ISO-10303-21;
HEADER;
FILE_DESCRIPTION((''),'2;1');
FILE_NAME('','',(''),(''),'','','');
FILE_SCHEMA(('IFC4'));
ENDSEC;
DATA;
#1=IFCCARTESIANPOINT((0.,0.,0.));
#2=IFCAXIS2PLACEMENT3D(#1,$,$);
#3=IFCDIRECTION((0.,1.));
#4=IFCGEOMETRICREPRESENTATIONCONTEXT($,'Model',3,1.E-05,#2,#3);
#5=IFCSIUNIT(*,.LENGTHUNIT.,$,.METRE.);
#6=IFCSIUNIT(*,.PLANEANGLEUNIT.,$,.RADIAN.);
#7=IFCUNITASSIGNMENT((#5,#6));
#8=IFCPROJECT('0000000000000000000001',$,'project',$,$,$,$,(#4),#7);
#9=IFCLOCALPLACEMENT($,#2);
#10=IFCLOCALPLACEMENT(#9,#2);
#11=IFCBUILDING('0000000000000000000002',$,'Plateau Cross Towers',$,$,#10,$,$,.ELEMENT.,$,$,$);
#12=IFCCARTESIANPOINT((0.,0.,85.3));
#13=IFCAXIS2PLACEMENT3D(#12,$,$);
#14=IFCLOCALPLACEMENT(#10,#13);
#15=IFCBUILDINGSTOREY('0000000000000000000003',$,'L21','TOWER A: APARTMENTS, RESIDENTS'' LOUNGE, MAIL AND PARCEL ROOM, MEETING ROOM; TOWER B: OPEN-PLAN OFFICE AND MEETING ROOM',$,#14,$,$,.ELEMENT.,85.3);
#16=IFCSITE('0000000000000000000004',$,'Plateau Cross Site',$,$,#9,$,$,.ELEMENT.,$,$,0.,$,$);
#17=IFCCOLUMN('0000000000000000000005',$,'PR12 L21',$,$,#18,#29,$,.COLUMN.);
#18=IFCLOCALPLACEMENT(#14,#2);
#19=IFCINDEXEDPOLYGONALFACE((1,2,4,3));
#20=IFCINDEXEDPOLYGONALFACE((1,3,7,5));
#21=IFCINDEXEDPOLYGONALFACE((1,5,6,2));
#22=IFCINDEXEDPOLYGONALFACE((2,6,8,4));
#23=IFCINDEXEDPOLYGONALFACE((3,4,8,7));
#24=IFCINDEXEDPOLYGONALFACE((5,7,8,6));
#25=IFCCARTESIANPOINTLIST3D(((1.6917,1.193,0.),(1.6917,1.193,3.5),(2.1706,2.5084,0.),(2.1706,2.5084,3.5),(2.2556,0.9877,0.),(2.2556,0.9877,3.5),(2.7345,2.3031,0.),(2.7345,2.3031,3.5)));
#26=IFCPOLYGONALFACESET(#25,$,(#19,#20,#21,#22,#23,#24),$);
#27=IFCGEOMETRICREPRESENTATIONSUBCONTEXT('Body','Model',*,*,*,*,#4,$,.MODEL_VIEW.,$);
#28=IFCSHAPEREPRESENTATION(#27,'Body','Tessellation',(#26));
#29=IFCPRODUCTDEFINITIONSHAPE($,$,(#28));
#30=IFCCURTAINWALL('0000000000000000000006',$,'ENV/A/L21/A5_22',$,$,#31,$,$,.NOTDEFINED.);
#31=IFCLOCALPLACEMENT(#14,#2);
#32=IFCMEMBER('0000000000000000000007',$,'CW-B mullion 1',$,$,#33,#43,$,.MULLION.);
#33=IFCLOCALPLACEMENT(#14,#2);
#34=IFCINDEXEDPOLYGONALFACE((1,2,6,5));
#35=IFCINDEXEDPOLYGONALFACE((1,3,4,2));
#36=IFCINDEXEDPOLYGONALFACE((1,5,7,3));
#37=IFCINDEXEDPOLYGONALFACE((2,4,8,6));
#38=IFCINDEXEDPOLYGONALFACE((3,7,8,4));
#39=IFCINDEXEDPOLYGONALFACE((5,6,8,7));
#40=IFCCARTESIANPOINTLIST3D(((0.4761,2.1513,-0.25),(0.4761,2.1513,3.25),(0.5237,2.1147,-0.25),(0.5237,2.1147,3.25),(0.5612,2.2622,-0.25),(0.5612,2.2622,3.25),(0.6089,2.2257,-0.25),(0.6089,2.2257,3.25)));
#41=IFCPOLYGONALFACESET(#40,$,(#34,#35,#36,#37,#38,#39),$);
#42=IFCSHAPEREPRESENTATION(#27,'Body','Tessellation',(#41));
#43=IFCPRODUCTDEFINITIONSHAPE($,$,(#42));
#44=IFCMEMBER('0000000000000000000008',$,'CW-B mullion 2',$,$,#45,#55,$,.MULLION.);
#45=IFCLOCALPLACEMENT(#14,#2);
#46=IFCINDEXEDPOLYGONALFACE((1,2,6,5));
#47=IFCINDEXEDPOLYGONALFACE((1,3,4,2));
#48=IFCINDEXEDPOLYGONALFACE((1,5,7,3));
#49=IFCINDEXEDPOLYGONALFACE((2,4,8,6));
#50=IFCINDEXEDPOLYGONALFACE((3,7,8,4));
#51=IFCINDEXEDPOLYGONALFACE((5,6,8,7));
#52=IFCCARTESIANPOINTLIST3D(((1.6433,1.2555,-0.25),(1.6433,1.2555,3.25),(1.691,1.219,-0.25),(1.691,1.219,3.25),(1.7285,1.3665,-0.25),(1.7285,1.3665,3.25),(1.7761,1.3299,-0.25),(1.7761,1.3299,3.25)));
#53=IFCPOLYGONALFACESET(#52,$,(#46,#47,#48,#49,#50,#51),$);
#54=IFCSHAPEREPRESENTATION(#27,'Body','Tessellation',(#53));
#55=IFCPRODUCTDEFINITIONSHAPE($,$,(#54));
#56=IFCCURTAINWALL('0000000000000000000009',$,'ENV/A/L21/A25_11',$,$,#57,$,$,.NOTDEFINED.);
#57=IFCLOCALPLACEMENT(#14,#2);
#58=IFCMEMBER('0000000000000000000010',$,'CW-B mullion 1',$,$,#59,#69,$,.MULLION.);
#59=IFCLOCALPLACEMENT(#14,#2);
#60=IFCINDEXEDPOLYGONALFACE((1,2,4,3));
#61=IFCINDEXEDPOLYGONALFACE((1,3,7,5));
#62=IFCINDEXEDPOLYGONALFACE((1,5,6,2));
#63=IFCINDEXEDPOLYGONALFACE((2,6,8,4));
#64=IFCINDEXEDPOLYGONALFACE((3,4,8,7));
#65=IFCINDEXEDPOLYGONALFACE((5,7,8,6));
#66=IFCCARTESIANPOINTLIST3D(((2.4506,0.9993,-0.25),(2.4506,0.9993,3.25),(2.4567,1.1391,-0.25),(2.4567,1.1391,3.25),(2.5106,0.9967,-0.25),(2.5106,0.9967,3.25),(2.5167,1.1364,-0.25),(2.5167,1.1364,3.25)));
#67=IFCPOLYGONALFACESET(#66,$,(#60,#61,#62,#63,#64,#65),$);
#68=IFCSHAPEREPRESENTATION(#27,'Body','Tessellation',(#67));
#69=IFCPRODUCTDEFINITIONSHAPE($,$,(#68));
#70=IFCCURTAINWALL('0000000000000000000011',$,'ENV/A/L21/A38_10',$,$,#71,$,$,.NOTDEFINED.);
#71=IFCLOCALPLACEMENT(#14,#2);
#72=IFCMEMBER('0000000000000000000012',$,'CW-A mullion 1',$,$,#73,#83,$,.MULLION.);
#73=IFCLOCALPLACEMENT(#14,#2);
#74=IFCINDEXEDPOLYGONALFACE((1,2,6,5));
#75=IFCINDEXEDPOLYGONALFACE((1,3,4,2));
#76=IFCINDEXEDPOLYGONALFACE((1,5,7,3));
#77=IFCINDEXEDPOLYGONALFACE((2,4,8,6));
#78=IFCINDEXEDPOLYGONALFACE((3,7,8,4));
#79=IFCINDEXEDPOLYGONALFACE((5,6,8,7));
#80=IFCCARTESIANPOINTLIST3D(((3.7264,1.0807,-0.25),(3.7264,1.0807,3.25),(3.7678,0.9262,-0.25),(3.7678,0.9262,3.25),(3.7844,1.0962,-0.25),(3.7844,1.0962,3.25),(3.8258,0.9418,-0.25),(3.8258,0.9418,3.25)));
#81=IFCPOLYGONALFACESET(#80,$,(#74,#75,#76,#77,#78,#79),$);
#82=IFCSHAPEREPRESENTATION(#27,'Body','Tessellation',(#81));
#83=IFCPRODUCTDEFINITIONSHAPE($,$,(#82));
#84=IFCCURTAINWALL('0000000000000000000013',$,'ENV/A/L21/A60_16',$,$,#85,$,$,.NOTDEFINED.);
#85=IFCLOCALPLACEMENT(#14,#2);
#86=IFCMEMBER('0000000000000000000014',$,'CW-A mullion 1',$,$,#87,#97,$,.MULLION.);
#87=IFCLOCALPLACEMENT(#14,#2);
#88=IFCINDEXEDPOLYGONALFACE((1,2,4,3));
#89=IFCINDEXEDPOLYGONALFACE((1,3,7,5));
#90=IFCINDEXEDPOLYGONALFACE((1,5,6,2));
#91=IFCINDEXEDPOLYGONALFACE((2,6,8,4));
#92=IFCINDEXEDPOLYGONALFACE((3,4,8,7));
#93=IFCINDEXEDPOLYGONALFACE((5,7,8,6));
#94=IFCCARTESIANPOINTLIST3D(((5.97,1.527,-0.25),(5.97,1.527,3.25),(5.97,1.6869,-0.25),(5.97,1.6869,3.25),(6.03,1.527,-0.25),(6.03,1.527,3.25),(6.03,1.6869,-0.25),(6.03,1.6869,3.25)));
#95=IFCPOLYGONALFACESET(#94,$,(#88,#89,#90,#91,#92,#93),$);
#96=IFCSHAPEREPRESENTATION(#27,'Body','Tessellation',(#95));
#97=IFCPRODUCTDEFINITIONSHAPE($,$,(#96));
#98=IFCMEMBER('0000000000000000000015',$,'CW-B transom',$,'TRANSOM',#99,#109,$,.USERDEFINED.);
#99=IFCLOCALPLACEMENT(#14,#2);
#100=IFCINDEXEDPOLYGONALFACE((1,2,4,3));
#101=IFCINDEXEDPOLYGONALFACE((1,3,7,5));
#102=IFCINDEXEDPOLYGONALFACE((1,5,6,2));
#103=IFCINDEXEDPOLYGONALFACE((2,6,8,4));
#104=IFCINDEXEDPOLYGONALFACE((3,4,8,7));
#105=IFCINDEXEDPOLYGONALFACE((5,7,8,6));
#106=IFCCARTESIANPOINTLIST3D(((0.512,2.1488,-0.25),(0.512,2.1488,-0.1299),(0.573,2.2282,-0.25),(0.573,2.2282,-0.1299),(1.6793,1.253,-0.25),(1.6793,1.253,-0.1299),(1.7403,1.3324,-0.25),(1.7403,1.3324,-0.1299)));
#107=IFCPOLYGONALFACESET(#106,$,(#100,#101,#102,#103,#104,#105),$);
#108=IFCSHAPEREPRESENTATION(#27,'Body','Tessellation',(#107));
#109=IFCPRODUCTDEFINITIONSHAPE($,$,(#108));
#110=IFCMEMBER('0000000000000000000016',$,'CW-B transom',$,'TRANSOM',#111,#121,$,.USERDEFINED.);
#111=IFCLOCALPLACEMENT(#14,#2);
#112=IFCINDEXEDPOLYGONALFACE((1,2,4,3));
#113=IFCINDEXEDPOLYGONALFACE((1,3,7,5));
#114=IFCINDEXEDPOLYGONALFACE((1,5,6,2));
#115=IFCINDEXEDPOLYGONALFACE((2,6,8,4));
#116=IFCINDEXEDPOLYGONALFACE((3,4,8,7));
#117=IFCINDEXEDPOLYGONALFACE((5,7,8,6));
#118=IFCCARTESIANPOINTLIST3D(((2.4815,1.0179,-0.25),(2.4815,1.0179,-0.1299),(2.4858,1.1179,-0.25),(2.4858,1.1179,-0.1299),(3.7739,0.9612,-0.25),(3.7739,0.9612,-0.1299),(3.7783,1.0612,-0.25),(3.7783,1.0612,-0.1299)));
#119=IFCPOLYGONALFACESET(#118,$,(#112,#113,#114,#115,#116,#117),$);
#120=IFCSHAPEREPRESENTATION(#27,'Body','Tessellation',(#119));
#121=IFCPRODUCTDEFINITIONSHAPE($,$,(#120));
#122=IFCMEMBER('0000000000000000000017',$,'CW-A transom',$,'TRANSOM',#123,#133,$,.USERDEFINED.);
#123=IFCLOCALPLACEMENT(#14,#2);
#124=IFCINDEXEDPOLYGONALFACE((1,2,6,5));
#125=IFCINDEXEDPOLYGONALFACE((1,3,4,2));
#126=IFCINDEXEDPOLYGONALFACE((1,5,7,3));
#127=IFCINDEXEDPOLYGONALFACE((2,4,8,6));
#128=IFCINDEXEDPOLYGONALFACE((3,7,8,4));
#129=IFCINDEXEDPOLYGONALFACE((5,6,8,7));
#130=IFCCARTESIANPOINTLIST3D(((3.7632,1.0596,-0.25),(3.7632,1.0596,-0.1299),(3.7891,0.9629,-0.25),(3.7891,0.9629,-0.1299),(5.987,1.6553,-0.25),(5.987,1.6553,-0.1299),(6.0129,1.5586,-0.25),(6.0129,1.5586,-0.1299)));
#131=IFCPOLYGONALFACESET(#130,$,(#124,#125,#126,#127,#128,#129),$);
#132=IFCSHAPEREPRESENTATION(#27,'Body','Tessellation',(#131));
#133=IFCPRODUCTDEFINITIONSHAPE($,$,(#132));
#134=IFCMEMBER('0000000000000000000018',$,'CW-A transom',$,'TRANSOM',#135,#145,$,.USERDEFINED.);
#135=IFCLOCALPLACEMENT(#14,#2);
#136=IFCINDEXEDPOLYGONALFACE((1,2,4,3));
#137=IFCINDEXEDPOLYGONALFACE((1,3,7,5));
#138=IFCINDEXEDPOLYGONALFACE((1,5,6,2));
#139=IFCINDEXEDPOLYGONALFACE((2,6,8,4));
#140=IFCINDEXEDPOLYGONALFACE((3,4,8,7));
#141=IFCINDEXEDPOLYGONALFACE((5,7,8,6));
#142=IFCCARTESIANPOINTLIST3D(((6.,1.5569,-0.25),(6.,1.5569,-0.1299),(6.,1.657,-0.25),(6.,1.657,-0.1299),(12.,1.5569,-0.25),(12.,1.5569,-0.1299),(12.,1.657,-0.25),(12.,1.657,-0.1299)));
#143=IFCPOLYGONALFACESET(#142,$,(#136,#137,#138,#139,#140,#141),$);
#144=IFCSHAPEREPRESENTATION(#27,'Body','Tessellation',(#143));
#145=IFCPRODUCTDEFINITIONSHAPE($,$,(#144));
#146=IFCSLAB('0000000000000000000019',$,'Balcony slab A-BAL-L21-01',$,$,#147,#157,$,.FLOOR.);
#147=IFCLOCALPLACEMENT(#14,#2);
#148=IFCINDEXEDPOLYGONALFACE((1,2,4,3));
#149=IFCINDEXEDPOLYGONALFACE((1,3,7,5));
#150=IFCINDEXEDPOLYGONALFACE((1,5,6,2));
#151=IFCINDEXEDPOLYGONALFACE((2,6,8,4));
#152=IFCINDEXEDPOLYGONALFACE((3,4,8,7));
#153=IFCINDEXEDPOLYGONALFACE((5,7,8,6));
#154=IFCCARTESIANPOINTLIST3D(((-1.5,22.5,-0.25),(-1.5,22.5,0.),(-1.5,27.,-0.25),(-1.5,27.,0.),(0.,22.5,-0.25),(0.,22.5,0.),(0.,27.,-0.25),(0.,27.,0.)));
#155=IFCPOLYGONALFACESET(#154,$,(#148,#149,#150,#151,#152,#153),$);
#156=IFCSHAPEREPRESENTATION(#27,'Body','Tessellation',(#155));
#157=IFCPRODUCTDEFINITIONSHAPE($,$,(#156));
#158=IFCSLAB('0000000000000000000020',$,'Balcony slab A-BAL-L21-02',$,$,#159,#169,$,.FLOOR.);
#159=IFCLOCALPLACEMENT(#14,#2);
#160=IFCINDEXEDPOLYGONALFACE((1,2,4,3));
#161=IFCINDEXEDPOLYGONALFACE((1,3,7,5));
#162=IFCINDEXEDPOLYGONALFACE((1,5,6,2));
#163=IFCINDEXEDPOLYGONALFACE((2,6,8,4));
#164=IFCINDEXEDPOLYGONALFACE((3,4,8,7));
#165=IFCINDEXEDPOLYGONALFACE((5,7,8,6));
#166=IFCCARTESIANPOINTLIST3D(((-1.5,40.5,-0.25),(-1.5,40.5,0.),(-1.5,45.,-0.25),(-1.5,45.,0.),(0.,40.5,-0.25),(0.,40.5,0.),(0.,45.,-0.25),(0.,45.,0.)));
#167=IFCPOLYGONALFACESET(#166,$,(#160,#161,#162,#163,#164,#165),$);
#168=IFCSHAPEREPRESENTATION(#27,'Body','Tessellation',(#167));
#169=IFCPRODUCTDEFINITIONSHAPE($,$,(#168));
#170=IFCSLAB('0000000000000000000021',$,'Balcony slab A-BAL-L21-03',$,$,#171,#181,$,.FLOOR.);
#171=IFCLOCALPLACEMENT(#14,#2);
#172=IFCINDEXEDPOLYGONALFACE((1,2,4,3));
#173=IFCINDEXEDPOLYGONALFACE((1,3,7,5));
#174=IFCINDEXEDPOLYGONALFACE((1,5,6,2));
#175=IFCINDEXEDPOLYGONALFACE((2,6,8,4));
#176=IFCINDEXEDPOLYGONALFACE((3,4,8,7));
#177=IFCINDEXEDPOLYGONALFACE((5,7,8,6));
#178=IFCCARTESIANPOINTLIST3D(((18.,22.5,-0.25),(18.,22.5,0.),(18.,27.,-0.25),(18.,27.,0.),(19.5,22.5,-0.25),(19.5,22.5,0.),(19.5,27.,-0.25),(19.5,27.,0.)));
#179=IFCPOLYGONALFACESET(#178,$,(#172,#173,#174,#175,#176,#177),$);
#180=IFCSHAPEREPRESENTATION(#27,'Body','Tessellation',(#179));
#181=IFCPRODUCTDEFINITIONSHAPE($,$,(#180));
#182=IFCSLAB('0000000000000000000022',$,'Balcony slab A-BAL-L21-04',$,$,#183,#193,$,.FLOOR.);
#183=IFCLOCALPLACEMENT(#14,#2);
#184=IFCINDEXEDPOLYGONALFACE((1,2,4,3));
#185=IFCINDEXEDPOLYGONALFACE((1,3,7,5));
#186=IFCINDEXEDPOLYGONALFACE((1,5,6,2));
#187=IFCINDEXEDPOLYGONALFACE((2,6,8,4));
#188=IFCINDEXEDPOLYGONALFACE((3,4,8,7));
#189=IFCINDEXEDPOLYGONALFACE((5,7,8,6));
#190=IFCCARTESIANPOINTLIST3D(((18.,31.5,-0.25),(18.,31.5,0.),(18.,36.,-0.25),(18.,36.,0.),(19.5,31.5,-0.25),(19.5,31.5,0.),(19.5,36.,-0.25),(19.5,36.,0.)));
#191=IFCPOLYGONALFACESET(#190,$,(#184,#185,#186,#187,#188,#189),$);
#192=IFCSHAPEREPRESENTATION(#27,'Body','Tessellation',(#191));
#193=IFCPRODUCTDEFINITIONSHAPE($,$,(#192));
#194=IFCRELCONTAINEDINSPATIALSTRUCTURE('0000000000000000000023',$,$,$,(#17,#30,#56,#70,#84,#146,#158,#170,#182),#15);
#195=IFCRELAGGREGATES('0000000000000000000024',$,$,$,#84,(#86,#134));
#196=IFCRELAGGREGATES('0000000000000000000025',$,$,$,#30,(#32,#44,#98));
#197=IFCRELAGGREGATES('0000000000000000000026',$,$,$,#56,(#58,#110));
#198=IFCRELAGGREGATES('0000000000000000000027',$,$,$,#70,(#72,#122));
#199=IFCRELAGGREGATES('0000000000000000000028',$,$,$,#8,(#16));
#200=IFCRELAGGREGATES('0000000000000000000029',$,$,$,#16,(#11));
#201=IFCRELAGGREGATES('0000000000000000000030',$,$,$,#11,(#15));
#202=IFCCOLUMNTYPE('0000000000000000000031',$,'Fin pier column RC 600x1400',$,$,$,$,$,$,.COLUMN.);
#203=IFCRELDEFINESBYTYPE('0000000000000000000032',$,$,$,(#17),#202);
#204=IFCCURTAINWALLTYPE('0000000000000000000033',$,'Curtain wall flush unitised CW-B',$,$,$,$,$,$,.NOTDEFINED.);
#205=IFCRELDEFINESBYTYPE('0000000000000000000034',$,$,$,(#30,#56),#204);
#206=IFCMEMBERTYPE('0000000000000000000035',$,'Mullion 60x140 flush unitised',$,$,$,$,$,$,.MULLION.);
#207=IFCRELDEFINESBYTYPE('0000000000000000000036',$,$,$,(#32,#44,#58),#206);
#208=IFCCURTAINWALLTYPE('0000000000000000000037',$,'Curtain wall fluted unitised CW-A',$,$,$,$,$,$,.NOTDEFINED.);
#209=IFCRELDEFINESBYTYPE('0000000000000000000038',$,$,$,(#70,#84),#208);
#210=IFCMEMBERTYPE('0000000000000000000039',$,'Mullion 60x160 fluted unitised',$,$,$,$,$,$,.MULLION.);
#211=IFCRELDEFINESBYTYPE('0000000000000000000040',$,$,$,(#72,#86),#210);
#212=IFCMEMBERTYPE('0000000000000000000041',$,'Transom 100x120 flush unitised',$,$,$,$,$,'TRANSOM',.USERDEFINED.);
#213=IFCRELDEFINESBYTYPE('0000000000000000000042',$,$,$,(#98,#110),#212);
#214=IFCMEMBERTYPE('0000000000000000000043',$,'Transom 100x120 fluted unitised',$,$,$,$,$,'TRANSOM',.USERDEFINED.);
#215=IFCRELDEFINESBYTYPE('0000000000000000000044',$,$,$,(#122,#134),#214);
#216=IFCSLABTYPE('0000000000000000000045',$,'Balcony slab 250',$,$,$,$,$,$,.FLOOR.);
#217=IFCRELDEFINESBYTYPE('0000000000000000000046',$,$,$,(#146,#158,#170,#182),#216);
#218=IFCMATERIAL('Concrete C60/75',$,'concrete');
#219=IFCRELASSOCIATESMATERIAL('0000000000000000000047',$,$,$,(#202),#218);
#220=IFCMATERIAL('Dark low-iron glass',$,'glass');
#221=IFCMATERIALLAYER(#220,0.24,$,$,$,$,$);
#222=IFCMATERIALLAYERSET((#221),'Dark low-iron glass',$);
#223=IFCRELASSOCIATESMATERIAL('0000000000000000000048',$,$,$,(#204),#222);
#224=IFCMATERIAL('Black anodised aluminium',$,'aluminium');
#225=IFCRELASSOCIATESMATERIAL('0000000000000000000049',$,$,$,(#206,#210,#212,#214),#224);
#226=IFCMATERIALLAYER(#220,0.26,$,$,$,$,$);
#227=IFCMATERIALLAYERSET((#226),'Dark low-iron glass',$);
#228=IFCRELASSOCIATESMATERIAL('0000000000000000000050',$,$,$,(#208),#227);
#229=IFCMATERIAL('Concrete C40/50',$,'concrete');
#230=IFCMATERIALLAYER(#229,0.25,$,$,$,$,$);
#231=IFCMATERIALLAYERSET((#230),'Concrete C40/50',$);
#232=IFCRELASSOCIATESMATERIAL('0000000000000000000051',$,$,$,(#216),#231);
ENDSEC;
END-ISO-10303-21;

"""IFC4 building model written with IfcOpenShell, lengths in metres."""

from ifc_helpers import new_model, si_unit, direction, frame, origin, origin_2d, place, context, subcontext, project, spatial, polyline, rectangle, outline, extrude, material, layer, layer_set, material_profile, profile_set, type_object, element, aggregate, save


model = new_model("IFC4")

# Units and contexts
model_context = context("Model", 3, precision=1e-05, world=origin(), true_north=direction((0.0, 1.0)))
body_context = subcontext(model_context, "Body", "Model", "MODEL_VIEW")
ifc_project = project(units=[si_unit("LENGTHUNIT", "METRE"), si_unit("PLANEANGLEUNIT", "RADIAN")], contexts=[model_context])

# Site, building, storey
site_placement = place(None, origin())
site = spatial("IfcSite", under=ifc_project, at=site_placement, Name="Plateau Cross Site", CompositionType="ELEMENT", RefElevation=0.0)
building_placement = place(site_placement, origin())
building = spatial("IfcBuilding", under=site, at=building_placement, Name="Plateau Cross Towers", CompositionType="ELEMENT")
storey_placement = place(building_placement, frame((0.0, 0.0, 85.3)))
storey = spatial("IfcBuildingStorey", under=building, at=storey_placement, Name="L21", Description="TOWER A: APARTMENTS, RESIDENTS' LOUNGE, MAIL AND PARCEL ROOM, MEETING ROOM; TOWER B: OPEN-PLAN OFFICE AND MEETING ROOM", CompositionType="ELEMENT", Elevation=85.3)

# Column
ifc_material_1 = material(Name="Concrete C60/75", Category="concrete")
ifc_material_profile_1 = material_profile(ifc_material_1, rectangle(XDim=0.6001, YDim=1.3999, at=origin_2d()), Name="RC 600x1400")
ifc_profile_set_1 = profile_set([ifc_material_profile_1], Name="Concrete C60/75")
column_type = type_object("IfcColumnType", Name="Fin pier column RC 600x1400", PredefinedType="COLUMN", material=ifc_profile_set_1)
column_placement = place(storey_placement, frame((2.2131, 1.748, 0.0), z_axis=(0.0, 0.0, 1.0), x_axis=(-0.939664, 0.342098, 0.0)))
element("IfcColumn", 1, at=column_placement, inside=storey, type_object=column_type, Name="PR12 L21", PredefinedType="COLUMN", context=body_context, shape_type="SweptSolid", body=[
    extrude(rectangle(XDim=0.6001, YDim=1.3999, at=origin_2d()), origin(), (0.0, 0.0, 1.0), 3.5),
])

# Curtain wall, members
ifc_material_2 = material(Name="Dark low-iron glass", Category="glass")
ifc_layer_1 = layer(ifc_material_2, 0.24)
ifc_layer_set_1 = layer_set([ifc_layer_1], Name="Dark low-iron glass")
curtain_wall_type_1 = type_object("IfcCurtainWallType", Name="Curtain wall flush unitised CW-B", PredefinedType="NOTDEFINED", material=ifc_layer_set_1)
curtain_wall_1_placement = place(storey_placement, origin())
curtain_wall_1 = element("IfcCurtainWall", 2, at=curtain_wall_1_placement, inside=storey, type_object=curtain_wall_type_1, Name="ENV/A/L21/A5_22", PredefinedType="NOTDEFINED")
ifc_material_3 = material(Name="Black anodised aluminium", Category="aluminium")
ifc_material_profile_2 = material_profile(ifc_material_3, rectangle(XDim=0.0601, YDim=0.1399, at=origin_2d()), Name="MULLION 60x140")
ifc_profile_set_2 = profile_set([ifc_material_profile_2], Name="Black anodised aluminium")
member_type_1 = type_object("IfcMemberType", Name="Mullion 60x140 flush unitised", PredefinedType="MULLION", material=ifc_profile_set_2)
member_1_placement = place(storey_placement, frame((0.5425, 2.1885, -0.25), z_axis=(0.0, 0.0, 1.0), x_axis=(0.793316, -0.608811, 0.0)))
member_1 = element("IfcMember", 3, at=member_1_placement, type_object=member_type_1, Name="CW-B mullion 1", PredefinedType="MULLION", context=body_context, shape_type="SweptSolid", body=[
    extrude(rectangle(XDim=0.0601, YDim=0.1399, at=origin_2d()), origin(), (0.0, 0.0, 1.0), 3.5),
])
member_2_placement = place(storey_placement, frame((1.7097, 1.2927, -0.25), z_axis=(0.0, 0.0, 1.0), x_axis=(0.793316, -0.608811, 0.0)))
member_2 = element("IfcMember", 4, at=member_2_placement, type_object=member_type_1, Name="CW-B mullion 2", PredefinedType="MULLION", context=body_context, shape_type="SweptSolid", body=[
    extrude(rectangle(XDim=0.0601, YDim=0.1399, at=origin_2d()), origin(), (0.0, 0.0, 1.0), 3.5),
])

# Curtain walls, members
curtain_wall_2_placement = place(storey_placement, origin())
curtain_wall_2 = element("IfcCurtainWall", 5, at=curtain_wall_2_placement, inside=storey, type_object=curtain_wall_type_1, Name="ENV/A/L21/A25_11", PredefinedType="NOTDEFINED")
member_3_placement = place(storey_placement, frame((2.4836, 1.0679, -0.25), z_axis=(0.0, 0.0, 1.0), x_axis=(0.999044, -0.043723, 0.0)))
member_3 = element("IfcMember", 6, at=member_3_placement, type_object=member_type_1, Name="CW-B mullion 1", PredefinedType="MULLION", context=body_context, shape_type="SweptSolid", body=[
    extrude(rectangle(XDim=0.0601, YDim=0.1399, at=origin_2d()), origin(), (0.0, 0.0, 1.0), 3.5),
])
ifc_layer_2 = layer(ifc_material_2, 0.26)
ifc_layer_set_2 = layer_set([ifc_layer_2], Name="Dark low-iron glass")
curtain_wall_type_2 = type_object("IfcCurtainWallType", Name="Curtain wall fluted unitised CW-A", PredefinedType="NOTDEFINED", material=ifc_layer_set_2)
curtain_wall_3_placement = place(storey_placement, origin())
curtain_wall_3 = element("IfcCurtainWall", 7, at=curtain_wall_3_placement, inside=storey, type_object=curtain_wall_type_2, Name="ENV/A/L21/A38_10", PredefinedType="NOTDEFINED")
ifc_material_profile_3 = material_profile(ifc_material_3, rectangle(XDim=0.0601, YDim=0.1599, at=origin_2d()), Name="MULLION 60x160")
ifc_profile_set_3 = profile_set([ifc_material_profile_3], Name="Black anodised aluminium")
member_type_2 = type_object("IfcMemberType", Name="Mullion 60x160 fluted unitised", PredefinedType="MULLION", material=ifc_profile_set_3)
member_4_placement = place(storey_placement, frame((3.7761, 1.0112, -0.25), z_axis=(0.0, 0.0, 1.0), x_axis=(0.965958, 0.258699, 0.0)))
member_4 = element("IfcMember", 8, at=member_4_placement, type_object=member_type_2, Name="CW-A mullion 1", PredefinedType="MULLION", context=body_context, shape_type="SweptSolid", body=[
    extrude(rectangle(XDim=0.0601, YDim=0.1599, at=origin_2d()), origin(), (0.0, 0.0, 1.0), 3.5),
])
curtain_wall_4_placement = place(storey_placement, origin())
curtain_wall_4 = element("IfcCurtainWall", 9, at=curtain_wall_4_placement, inside=storey, type_object=curtain_wall_type_2, Name="ENV/A/L21/A60_16", PredefinedType="NOTDEFINED")
member_5_placement = place(storey_placement, frame((6.0, 1.6069, -0.25), z_axis=(0.0, 0.0, 1.0), x_axis=(1.0, 0.0, 0.0)))
member_5 = element("IfcMember", 10, at=member_5_placement, type_object=member_type_2, Name="CW-A mullion 1", PredefinedType="MULLION", context=body_context, shape_type="SweptSolid", body=[
    extrude(rectangle(XDim=0.0601, YDim=0.1599, at=origin_2d()), origin(), (0.0, 0.0, 1.0), 3.5),
])

# Members
ifc_material_profile_4 = material_profile(ifc_material_3, rectangle(XDim=0.1001, YDim=0.1201, at=origin_2d()), Name="TRANSOM 100x120")
ifc_profile_set_4 = profile_set([ifc_material_profile_4], Name="Black anodised aluminium")
member_type_3 = type_object("IfcMemberType", Name="Transom 100x120 flush unitised", ElementType="TRANSOM", PredefinedType="USERDEFINED", material=ifc_profile_set_4)
member_6_placement = place(storey_placement, frame((0.5425, 2.1885, -0.1899), z_axis=(0.793321, -0.608804, 0.0), x_axis=(0.608804, 0.793321, 0.0)))
member_6 = element("IfcMember", 11, at=member_6_placement, type_object=member_type_3, Name="CW-B transom", ObjectType="TRANSOM", PredefinedType="USERDEFINED", context=body_context, shape_type="SweptSolid", body=[
    extrude(rectangle(XDim=0.1001, YDim=0.1201, at=origin_2d()), origin(), (0.0, 0.0, 1.0), 1.4714),
])
member_7_placement = place(storey_placement, frame((2.4836, 1.0679, -0.1899), z_axis=(0.999041, -0.043781, 0.0), x_axis=(0.043781, 0.999041, 0.0)))
member_7 = element("IfcMember", 12, at=member_7_placement, type_object=member_type_3, Name="CW-B transom", ObjectType="TRANSOM", PredefinedType="USERDEFINED", context=body_context, shape_type="SweptSolid", body=[
    extrude(rectangle(XDim=0.1001, YDim=0.1201, at=origin_2d()), origin(), (0.0, 0.0, 1.0), 1.2937),
])
ifc_material_profile_5 = material_profile(ifc_material_3, rectangle(XDim=0.1001, YDim=0.1201, at=origin_2d()), Name="TRANSOM 100x120")
ifc_profile_set_5 = profile_set([ifc_material_profile_5], Name="Black anodised aluminium")
member_type_4 = type_object("IfcMemberType", Name="Transom 100x120 fluted unitised", ElementType="TRANSOM", PredefinedType="USERDEFINED", material=ifc_profile_set_5)
member_8_placement = place(storey_placement, frame((3.7761, 1.0112, -0.1899), z_axis=(0.965946, 0.258745, 0.0), x_axis=(-0.258745, 0.965946, 0.0)))
member_8 = element("IfcMember", 13, at=member_8_placement, type_object=member_type_4, Name="CW-A transom", ObjectType="TRANSOM", PredefinedType="USERDEFINED", context=body_context, shape_type="SweptSolid", body=[
    extrude(rectangle(XDim=0.1001, YDim=0.1201, at=origin_2d()), origin(), (0.0, 0.0, 1.0), 2.3022),
])
member_9_placement = place(storey_placement, frame((6.0, 1.6069, -0.1899), z_axis=(1.0, 0.0, 0.0), x_axis=(0.0, 1.0, 0.0)))
member_9 = element("IfcMember", 14, at=member_9_placement, type_object=member_type_4, Name="CW-A transom", ObjectType="TRANSOM", PredefinedType="USERDEFINED", context=body_context, shape_type="SweptSolid", body=[
    extrude(rectangle(XDim=0.1001, YDim=0.1201, at=origin_2d()), origin(), (0.0, 0.0, 1.0), 6.0),
])
aggregate(curtain_wall_4, [member_5, member_9])

# Slabs
ifc_material_4 = material(Name="Concrete C40/50", Category="concrete")
ifc_layer_3 = layer(ifc_material_4, 0.25)
ifc_layer_set_3 = layer_set([ifc_layer_3], Name="Concrete C40/50")
slab_type_1 = type_object("IfcSlabType", Name="Balcony slab 250", PredefinedType="FLOOR", material=ifc_layer_set_3)
slab_1_placement = place(storey_placement, frame((0.0, 0.0, -0.25)))
element("IfcSlab", 15, at=slab_1_placement, inside=storey, type_object=slab_type_1, Name="Balcony slab A-BAL-L21-01", PredefinedType="FLOOR", context=body_context, shape_type="SweptSolid", body=[
    extrude(outline(polyline([(0.0, 22.5), (0.0, 27.0), (-1.5, 27.0), (-1.5, 22.5), (0.0, 22.5)])), origin(), (0.0, 0.0, 1.0), 0.25),
])
slab_2_placement = place(storey_placement, frame((0.0, 0.0, -0.25)))
element("IfcSlab", 16, at=slab_2_placement, inside=storey, type_object=slab_type_1, Name="Balcony slab A-BAL-L21-02", PredefinedType="FLOOR", context=body_context, shape_type="SweptSolid", body=[
    extrude(outline(polyline([(0.0, 40.5), (0.0, 45.0), (-1.5, 45.0), (-1.5, 40.5), (0.0, 40.5)])), origin(), (0.0, 0.0, 1.0), 0.25),
])
slab_3_placement = place(storey_placement, frame((0.0, 0.0, -0.25)))
element("IfcSlab", 17, at=slab_3_placement, inside=storey, type_object=slab_type_1, Name="Balcony slab A-BAL-L21-03", PredefinedType="FLOOR", context=body_context, shape_type="SweptSolid", body=[
    extrude(outline(polyline([(19.5, 22.5), (19.5, 27.0), (18.0, 27.0), (18.0, 22.5), (19.5, 22.5)])), origin(), (0.0, 0.0, 1.0), 0.25),
])
slab_4_placement = place(storey_placement, frame((0.0, 0.0, -0.25)))
element("IfcSlab", 18, at=slab_4_placement, inside=storey, type_object=slab_type_1, Name="Balcony slab A-BAL-L21-04", PredefinedType="FLOOR", context=body_context, shape_type="SweptSolid", body=[
    extrude(outline(polyline([(19.5, 31.5), (19.5, 36.0), (18.0, 36.0), (18.0, 31.5), (19.5, 31.5)])), origin(), (0.0, 0.0, 1.0), 0.25),
])

aggregate(curtain_wall_1, [member_1, member_2, member_6])
aggregate(curtain_wall_2, [member_3, member_7])
aggregate(curtain_wall_3, [member_4, member_8])

save(model, "model.ifc")
